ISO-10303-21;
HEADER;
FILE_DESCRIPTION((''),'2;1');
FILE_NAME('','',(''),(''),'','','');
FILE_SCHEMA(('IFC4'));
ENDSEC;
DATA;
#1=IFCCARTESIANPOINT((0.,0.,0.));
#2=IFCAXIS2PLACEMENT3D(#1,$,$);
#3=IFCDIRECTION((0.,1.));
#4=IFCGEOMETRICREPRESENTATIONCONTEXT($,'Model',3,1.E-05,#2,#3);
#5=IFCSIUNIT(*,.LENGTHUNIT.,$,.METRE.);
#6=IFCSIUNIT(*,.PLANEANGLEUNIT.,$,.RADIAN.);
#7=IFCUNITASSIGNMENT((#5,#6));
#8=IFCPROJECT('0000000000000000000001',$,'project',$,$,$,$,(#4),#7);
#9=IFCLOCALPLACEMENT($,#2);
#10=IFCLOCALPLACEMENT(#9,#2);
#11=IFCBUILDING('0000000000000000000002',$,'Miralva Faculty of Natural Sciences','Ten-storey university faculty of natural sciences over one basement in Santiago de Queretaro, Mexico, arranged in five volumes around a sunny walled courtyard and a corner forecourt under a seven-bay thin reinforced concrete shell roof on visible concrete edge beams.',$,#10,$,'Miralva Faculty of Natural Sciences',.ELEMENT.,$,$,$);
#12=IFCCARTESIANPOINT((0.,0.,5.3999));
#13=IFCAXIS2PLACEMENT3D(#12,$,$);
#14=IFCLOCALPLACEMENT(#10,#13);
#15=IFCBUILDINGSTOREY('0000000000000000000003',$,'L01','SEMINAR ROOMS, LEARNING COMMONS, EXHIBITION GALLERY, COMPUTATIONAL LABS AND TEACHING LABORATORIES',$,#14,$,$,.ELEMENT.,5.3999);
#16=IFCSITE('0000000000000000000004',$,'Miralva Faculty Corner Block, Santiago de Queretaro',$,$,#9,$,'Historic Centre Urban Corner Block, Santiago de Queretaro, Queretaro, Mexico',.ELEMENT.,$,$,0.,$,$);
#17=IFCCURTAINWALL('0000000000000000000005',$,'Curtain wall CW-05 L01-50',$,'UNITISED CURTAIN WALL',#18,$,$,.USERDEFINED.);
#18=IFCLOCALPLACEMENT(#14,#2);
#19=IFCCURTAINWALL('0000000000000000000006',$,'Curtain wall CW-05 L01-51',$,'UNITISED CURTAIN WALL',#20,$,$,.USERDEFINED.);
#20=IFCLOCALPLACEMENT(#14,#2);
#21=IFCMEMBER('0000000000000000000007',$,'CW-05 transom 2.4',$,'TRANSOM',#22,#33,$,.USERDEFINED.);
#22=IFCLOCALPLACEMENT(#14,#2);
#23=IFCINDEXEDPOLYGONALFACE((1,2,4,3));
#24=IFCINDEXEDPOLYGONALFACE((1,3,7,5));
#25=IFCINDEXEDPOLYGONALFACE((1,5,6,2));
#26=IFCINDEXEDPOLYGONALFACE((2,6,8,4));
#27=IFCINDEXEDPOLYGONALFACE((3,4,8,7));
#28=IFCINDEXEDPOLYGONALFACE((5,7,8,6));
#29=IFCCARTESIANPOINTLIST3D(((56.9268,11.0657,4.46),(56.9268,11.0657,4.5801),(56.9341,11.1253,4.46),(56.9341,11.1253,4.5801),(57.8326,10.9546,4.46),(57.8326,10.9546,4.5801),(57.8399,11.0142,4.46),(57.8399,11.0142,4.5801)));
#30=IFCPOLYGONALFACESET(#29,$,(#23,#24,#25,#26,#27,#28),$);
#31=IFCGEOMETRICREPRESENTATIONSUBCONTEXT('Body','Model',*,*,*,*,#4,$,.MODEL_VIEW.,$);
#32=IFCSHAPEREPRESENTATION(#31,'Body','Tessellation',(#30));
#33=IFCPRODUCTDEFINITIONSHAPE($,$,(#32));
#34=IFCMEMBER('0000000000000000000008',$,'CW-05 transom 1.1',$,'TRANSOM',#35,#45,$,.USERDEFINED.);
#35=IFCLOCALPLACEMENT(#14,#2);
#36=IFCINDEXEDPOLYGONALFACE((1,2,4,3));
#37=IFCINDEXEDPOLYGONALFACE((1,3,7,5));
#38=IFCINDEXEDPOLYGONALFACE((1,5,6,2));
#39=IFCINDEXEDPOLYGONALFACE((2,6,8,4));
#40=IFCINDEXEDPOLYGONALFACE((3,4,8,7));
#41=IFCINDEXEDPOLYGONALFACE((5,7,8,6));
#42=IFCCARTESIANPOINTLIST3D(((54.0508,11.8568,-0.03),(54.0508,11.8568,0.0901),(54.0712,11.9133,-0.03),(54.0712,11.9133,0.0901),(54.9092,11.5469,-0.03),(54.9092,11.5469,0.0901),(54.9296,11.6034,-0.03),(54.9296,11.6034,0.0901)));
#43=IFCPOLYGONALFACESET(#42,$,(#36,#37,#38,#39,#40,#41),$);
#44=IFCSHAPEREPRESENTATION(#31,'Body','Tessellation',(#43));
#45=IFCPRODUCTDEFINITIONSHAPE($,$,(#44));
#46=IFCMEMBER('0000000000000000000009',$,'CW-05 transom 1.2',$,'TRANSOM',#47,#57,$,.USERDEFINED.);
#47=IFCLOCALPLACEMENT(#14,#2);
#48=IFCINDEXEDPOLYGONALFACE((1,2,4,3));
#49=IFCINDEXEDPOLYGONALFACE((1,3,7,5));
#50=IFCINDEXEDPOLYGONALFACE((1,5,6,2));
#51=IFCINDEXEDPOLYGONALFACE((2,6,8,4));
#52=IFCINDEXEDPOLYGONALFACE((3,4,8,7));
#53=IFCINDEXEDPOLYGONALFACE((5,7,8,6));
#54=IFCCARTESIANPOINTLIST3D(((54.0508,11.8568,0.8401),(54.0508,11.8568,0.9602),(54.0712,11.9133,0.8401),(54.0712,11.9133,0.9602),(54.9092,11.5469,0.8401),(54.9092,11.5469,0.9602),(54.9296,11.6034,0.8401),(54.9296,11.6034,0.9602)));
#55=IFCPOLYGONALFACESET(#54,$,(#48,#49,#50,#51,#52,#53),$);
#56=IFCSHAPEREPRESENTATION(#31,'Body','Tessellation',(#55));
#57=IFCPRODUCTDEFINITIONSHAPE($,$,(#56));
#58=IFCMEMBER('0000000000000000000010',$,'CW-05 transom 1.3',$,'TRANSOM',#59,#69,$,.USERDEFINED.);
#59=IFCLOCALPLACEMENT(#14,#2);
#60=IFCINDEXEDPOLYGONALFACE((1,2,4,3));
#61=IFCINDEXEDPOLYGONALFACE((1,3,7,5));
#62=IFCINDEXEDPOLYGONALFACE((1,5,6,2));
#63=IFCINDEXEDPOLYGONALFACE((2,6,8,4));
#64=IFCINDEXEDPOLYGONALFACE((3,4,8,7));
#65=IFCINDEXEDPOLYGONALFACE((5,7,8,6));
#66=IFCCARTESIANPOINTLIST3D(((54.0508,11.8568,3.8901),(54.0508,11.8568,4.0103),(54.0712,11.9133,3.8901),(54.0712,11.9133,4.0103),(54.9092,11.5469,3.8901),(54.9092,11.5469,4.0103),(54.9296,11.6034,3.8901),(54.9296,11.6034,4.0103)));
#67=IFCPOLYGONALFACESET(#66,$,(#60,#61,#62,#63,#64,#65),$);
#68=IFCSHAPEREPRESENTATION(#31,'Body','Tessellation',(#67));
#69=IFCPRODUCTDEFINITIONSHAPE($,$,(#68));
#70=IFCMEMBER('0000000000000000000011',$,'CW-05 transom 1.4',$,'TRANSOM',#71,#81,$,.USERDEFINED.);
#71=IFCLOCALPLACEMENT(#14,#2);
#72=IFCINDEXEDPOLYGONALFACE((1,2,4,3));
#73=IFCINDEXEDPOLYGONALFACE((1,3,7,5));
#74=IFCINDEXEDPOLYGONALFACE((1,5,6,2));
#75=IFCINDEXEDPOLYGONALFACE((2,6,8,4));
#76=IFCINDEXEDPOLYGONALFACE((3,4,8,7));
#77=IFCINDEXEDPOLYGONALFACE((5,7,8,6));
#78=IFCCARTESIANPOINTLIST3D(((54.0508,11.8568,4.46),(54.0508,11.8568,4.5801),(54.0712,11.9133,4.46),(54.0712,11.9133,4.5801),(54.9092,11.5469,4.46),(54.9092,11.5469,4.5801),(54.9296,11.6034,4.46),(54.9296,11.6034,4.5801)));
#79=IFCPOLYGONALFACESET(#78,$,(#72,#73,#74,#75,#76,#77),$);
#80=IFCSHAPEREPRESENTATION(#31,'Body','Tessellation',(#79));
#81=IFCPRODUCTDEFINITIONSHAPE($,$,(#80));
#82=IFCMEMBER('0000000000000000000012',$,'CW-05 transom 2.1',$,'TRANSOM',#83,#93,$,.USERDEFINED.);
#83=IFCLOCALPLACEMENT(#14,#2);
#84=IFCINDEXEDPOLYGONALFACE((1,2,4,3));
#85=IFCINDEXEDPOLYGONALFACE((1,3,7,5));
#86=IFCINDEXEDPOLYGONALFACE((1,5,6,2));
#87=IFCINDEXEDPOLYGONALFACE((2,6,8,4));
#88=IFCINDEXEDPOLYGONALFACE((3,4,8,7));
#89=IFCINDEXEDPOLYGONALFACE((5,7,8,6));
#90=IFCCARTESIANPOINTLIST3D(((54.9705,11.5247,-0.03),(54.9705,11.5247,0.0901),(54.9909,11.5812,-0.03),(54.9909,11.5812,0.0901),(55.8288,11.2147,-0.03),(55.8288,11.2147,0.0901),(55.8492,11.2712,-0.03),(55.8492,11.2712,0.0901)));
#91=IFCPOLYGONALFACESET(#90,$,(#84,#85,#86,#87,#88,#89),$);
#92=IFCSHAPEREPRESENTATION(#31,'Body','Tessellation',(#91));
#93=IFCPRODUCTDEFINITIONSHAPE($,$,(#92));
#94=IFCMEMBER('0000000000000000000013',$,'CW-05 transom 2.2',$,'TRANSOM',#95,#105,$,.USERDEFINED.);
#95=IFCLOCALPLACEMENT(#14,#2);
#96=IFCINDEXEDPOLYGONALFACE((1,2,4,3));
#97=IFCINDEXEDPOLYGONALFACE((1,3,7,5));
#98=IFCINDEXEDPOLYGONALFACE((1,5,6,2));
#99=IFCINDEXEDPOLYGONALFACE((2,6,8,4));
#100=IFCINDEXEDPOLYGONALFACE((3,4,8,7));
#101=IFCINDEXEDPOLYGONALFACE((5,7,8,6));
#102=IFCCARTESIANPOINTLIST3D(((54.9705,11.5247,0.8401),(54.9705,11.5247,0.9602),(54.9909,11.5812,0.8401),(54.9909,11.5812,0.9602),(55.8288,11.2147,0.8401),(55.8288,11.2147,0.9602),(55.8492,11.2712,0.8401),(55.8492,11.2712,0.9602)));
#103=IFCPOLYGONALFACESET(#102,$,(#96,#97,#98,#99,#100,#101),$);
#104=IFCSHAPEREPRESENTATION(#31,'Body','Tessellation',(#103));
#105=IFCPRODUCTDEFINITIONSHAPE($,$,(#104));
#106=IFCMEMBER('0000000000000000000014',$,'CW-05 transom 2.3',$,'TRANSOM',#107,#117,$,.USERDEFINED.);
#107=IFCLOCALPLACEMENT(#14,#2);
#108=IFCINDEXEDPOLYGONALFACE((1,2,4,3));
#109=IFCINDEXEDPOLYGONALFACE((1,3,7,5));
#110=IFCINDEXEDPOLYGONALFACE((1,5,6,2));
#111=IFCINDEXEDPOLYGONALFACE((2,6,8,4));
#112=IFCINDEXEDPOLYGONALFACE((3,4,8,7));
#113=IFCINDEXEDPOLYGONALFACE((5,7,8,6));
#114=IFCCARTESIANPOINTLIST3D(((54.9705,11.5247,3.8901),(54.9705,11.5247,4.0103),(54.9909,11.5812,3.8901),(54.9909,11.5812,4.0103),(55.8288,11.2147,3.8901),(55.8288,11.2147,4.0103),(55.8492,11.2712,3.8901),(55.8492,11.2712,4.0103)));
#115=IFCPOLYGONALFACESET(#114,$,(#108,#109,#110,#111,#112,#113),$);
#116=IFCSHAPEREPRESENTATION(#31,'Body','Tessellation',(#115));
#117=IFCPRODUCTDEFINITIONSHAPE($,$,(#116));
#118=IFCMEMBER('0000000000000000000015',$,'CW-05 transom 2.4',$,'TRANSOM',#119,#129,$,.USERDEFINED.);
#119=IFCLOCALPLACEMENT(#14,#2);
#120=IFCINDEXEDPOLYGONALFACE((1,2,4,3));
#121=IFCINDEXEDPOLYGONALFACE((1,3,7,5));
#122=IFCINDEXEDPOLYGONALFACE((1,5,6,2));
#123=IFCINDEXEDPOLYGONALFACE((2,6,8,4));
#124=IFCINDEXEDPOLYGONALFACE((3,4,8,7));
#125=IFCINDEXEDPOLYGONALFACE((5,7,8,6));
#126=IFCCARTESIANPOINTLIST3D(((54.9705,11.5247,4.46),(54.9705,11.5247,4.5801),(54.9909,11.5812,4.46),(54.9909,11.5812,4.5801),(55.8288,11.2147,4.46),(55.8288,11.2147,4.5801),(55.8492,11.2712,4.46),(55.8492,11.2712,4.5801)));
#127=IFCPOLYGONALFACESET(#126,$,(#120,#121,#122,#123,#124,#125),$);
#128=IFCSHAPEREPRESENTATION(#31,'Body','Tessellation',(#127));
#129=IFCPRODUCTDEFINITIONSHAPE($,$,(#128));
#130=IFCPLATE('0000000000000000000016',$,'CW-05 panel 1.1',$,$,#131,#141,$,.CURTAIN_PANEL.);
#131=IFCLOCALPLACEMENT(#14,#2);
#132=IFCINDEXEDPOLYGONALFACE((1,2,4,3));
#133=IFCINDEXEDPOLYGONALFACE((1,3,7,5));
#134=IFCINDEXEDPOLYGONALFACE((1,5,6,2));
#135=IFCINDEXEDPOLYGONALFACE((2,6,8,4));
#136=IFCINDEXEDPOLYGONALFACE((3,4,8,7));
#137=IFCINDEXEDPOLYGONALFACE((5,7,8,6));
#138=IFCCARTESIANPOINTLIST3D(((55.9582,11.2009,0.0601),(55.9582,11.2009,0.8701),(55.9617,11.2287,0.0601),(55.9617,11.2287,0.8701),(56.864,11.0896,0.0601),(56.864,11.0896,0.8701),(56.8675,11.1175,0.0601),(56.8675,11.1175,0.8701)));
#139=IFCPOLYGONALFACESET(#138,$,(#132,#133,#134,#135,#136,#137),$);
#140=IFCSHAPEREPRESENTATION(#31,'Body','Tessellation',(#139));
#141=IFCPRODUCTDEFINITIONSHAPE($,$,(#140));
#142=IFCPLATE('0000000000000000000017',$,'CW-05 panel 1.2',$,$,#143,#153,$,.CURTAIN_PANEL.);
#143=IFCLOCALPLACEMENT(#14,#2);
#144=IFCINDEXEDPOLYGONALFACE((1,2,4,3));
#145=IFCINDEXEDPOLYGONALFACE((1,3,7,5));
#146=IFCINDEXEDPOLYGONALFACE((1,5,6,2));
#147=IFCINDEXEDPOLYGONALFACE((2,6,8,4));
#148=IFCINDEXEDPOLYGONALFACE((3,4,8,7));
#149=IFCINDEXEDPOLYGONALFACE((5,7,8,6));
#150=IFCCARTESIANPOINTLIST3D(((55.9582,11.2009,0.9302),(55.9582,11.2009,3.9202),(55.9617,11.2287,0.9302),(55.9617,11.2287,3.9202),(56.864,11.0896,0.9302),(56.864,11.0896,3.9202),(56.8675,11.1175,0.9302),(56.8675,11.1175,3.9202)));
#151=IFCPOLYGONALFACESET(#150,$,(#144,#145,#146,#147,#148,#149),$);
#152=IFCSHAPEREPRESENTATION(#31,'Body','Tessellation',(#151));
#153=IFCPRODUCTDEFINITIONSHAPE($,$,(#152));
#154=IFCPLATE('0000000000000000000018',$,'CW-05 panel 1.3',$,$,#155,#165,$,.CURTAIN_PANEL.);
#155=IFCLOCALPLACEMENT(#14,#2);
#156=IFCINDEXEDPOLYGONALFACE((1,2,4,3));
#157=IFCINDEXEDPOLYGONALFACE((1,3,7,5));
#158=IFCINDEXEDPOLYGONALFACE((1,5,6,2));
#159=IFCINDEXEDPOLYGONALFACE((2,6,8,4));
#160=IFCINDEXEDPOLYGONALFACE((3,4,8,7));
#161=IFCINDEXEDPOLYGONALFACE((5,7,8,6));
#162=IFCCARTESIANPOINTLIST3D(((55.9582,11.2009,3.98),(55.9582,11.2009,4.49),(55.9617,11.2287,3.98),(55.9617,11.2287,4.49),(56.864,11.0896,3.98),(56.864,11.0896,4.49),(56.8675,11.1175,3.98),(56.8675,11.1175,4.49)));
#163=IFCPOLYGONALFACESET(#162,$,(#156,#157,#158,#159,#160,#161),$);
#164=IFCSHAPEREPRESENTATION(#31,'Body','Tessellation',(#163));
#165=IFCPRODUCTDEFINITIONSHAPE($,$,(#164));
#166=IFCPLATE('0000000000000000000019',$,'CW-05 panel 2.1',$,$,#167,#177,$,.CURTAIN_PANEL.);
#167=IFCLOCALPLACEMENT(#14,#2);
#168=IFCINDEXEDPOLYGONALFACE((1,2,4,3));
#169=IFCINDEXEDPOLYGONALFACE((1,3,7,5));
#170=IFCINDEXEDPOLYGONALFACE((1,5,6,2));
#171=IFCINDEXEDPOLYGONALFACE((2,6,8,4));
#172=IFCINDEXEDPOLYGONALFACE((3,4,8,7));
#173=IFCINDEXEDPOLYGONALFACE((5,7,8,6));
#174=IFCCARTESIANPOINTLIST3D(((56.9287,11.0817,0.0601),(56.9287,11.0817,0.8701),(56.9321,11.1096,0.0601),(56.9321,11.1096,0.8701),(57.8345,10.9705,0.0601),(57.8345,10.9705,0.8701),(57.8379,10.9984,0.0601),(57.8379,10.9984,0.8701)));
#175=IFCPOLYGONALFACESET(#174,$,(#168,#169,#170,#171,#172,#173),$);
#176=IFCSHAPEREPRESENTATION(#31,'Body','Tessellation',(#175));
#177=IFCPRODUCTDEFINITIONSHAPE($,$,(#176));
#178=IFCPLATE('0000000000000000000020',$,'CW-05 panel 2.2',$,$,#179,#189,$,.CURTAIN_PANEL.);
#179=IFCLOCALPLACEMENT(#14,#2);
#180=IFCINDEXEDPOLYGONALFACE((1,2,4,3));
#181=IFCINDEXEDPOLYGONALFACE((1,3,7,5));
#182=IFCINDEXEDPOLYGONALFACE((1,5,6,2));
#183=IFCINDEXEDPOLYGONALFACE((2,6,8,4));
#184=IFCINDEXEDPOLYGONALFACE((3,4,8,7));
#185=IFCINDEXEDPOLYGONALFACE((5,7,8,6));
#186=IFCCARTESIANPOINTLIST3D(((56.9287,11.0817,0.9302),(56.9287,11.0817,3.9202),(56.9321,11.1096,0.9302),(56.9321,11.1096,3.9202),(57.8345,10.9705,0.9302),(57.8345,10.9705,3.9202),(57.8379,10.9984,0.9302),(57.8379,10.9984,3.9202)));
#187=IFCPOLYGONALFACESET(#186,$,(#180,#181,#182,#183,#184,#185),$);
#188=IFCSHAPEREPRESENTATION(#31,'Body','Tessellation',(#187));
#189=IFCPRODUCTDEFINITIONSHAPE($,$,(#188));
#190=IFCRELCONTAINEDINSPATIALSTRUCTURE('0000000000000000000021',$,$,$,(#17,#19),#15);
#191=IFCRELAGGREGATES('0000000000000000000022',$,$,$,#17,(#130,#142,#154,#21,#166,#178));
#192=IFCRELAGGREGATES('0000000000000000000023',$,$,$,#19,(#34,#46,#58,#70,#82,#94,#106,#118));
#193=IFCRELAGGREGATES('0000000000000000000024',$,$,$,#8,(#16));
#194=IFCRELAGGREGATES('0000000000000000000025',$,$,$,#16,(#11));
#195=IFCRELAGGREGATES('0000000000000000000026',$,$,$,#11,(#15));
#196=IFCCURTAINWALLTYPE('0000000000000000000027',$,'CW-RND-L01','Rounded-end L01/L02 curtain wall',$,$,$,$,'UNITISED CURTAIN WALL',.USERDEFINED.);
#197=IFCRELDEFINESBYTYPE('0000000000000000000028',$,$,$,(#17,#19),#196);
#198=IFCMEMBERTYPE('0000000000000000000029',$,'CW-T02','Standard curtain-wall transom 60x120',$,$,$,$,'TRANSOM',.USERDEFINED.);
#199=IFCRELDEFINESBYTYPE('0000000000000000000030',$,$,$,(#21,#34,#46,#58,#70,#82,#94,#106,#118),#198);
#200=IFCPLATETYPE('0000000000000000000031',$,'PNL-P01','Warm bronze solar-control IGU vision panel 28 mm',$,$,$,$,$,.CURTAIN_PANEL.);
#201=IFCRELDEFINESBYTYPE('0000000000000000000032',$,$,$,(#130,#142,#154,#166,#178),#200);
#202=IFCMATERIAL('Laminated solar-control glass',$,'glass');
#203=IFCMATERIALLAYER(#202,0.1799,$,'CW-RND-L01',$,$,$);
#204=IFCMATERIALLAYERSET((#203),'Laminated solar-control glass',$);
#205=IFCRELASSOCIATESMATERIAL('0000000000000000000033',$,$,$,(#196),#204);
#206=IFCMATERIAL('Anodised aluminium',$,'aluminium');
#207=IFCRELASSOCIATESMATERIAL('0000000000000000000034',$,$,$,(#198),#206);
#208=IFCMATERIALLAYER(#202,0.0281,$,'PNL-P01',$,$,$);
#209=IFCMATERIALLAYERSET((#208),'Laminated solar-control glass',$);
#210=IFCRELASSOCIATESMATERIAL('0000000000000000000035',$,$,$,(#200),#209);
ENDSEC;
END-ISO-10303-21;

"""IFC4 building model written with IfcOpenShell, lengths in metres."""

from ifc_helpers import new_model, si_unit, direction, frame, origin, origin_2d, place, context, subcontext, project, spatial, rectangle, extrude, material, layer, layer_set, material_profile, profile_set, type_object, element, aggregate, save


model = new_model("IFC4")

# Units and contexts
model_context = context("Model", 3, precision=1e-05, world=origin(), true_north=direction((0.0, 1.0)))
body_context = subcontext(model_context, "Body", "Model", "MODEL_VIEW")
ifc_project = project(units=[si_unit("LENGTHUNIT", "METRE"), si_unit("PLANEANGLEUNIT", "RADIAN")], contexts=[model_context])

# Site, building, storey
site_placement = place(None, origin())
site = spatial("IfcSite", under=ifc_project, at=site_placement, Name="Miralva Faculty Corner Block, Santiago de Queretaro", LongName="Historic Centre Urban Corner Block, Santiago de Queretaro, Queretaro, Mexico", CompositionType="ELEMENT", RefElevation=0.0)
building_placement = place(site_placement, origin())
building = spatial("IfcBuilding", under=site, at=building_placement, Name="Miralva Faculty of Natural Sciences", Description="Ten-storey university faculty of natural sciences over one basement in Santiago de Queretaro, Mexico, arranged in five volumes around a sunny walled courtyard and a corner forecourt under a seven-bay thin reinforced concrete shell roof on visible concrete edge beams.", LongName="Miralva Faculty of Natural Sciences", CompositionType="ELEMENT")
storey_placement = place(building_placement, frame((0.0, 0.0, 5.3999)))
storey = spatial("IfcBuildingStorey", under=building, at=storey_placement, Name="L01", Description="SEMINAR ROOMS, LEARNING COMMONS, EXHIBITION GALLERY, COMPUTATIONAL LABS AND TEACHING LABORATORIES", CompositionType="ELEMENT", Elevation=5.3999)

# Curtain walls
ifc_material_1 = material(Name="Laminated solar-control glass", Category="glass")
ifc_layer_1 = layer(ifc_material_1, 0.1799, Name="CW-RND-L01")
ifc_layer_set_1 = layer_set([ifc_layer_1], Name="Laminated solar-control glass")
curtain_wall_type = type_object("IfcCurtainWallType", Name="CW-RND-L01", Description="Rounded-end L01/L02 curtain wall", ElementType="UNITISED CURTAIN WALL", PredefinedType="USERDEFINED", material=ifc_layer_set_1)
curtain_wall_1_placement = place(storey_placement, origin())
curtain_wall_1 = element("IfcCurtainWall", 1, at=curtain_wall_1_placement, inside=storey, type_object=curtain_wall_type, Name="Curtain wall CW-05 L01-50", ObjectType="UNITISED CURTAIN WALL", PredefinedType="USERDEFINED")
ifc_material_2 = material(Name="Anodised aluminium", Category="aluminium")
curtain_wall_2_placement = place(storey_placement, origin())
curtain_wall_2 = element("IfcCurtainWall", 2, at=curtain_wall_2_placement, inside=storey, type_object=curtain_wall_type, Name="Curtain wall CW-05 L01-51", ObjectType="UNITISED CURTAIN WALL", PredefinedType="USERDEFINED")

# Members
ifc_material_profile_1 = material_profile(ifc_material_2, rectangle(XDim=0.0601, YDim=0.1201, at=origin_2d()), Name="TRANSOM 60x120")
ifc_profile_set_1 = profile_set([ifc_material_profile_1], Name="Anodised aluminium")
member_type_1 = type_object("IfcMemberType", Name="CW-T02", Description="Standard curtain-wall transom 60x120", ElementType="TRANSOM", PredefinedType="USERDEFINED", material=ifc_profile_set_1)
member_1_placement = place(storey_placement, frame((56.9304, 11.0955, 4.52), z_axis=(0.992563, -0.121729, 0.0), x_axis=(0.121729, 0.992563, 0.0)))
member_1 = element("IfcMember", 3, at=member_1_placement, type_object=member_type_1, Name="CW-05 transom 2.4", ObjectType="TRANSOM", PredefinedType="USERDEFINED", context=body_context, shape_type="SweptSolid", body=[
    extrude(rectangle(XDim=0.0601, YDim=0.1201, at=origin_2d()), origin(), (0.0, 0.0, 1.0), 0.9126),
])
member_2_placement = place(storey_placement, frame((54.061, 11.885, 0.03), z_axis=(0.940611, -0.339487, 0.0), x_axis=(0.339487, 0.940611, 0.0)))
member_2 = element("IfcMember", 4, at=member_2_placement, type_object=member_type_1, Name="CW-05 transom 1.1", ObjectType="TRANSOM", PredefinedType="USERDEFINED", context=body_context, shape_type="SweptSolid", body=[
    extrude(rectangle(XDim=0.0601, YDim=0.1201, at=origin_2d()), origin(), (0.0, 0.0, 1.0), 0.9126),
])
member_3_placement = place(storey_placement, frame((54.061, 11.885, 0.9001), z_axis=(0.940611, -0.339487, 0.0), x_axis=(0.339487, 0.940611, 0.0)))
member_3 = element("IfcMember", 5, at=member_3_placement, type_object=member_type_1, Name="CW-05 transom 1.2", ObjectType="TRANSOM", PredefinedType="USERDEFINED", context=body_context, shape_type="SweptSolid", body=[
    extrude(rectangle(XDim=0.0601, YDim=0.1201, at=origin_2d()), origin(), (0.0, 0.0, 1.0), 0.9126),
])
member_4_placement = place(storey_placement, frame((54.061, 11.885, 3.9502), z_axis=(0.940611, -0.339487, 0.0), x_axis=(0.339487, 0.940611, 0.0)))
member_4 = element("IfcMember", 6, at=member_4_placement, type_object=member_type_1, Name="CW-05 transom 1.3", ObjectType="TRANSOM", PredefinedType="USERDEFINED", context=body_context, shape_type="SweptSolid", body=[
    extrude(rectangle(XDim=0.0601, YDim=0.1201, at=origin_2d()), origin(), (0.0, 0.0, 1.0), 0.9126),
])
member_5_placement = place(storey_placement, frame((54.061, 11.885, 4.52), z_axis=(0.940611, -0.339487, 0.0), x_axis=(0.339487, 0.940611, 0.0)))
member_5 = element("IfcMember", 7, at=member_5_placement, type_object=member_type_1, Name="CW-05 transom 1.4", ObjectType="TRANSOM", PredefinedType="USERDEFINED", context=body_context, shape_type="SweptSolid", body=[
    extrude(rectangle(XDim=0.0601, YDim=0.1201, at=origin_2d()), origin(), (0.0, 0.0, 1.0), 0.9126),
])
member_6_placement = place(storey_placement, frame((54.9807, 11.553, 0.03), z_axis=(0.940525, -0.339723, 0.0), x_axis=(0.339723, 0.940525, 0.0)))
member_6 = element("IfcMember", 8, at=member_6_placement, type_object=member_type_1, Name="CW-05 transom 2.1", ObjectType="TRANSOM", PredefinedType="USERDEFINED", context=body_context, shape_type="SweptSolid", body=[
    extrude(rectangle(XDim=0.0601, YDim=0.1201, at=origin_2d()), origin(), (0.0, 0.0, 1.0), 0.9126),
])
member_7_placement = place(storey_placement, frame((54.9807, 11.553, 0.9001), z_axis=(0.940525, -0.339723, 0.0), x_axis=(0.339723, 0.940525, 0.0)))
member_7 = element("IfcMember", 9, at=member_7_placement, type_object=member_type_1, Name="CW-05 transom 2.2", ObjectType="TRANSOM", PredefinedType="USERDEFINED", context=body_context, shape_type="SweptSolid", body=[
    extrude(rectangle(XDim=0.0601, YDim=0.1201, at=origin_2d()), origin(), (0.0, 0.0, 1.0), 0.9126),
])
member_8_placement = place(storey_placement, frame((54.9807, 11.553, 3.9502), z_axis=(0.940525, -0.339723, 0.0), x_axis=(0.339723, 0.940525, 0.0)))
member_8 = element("IfcMember", 10, at=member_8_placement, type_object=member_type_1, Name="CW-05 transom 2.3", ObjectType="TRANSOM", PredefinedType="USERDEFINED", context=body_context, shape_type="SweptSolid", body=[
    extrude(rectangle(XDim=0.0601, YDim=0.1201, at=origin_2d()), origin(), (0.0, 0.0, 1.0), 0.9126),
])
member_9_placement = place(storey_placement, frame((54.9807, 11.553, 4.52), z_axis=(0.940525, -0.339723, 0.0), x_axis=(0.339723, 0.940525, 0.0)))
member_9 = element("IfcMember", 11, at=member_9_placement, type_object=member_type_1, Name="CW-05 transom 2.4", ObjectType="TRANSOM", PredefinedType="USERDEFINED", context=body_context, shape_type="SweptSolid", body=[
    extrude(rectangle(XDim=0.0601, YDim=0.1201, at=origin_2d()), origin(), (0.0, 0.0, 1.0), 0.9126),
])

# Plates
ifc_layer_2 = layer(ifc_material_1, 0.0281, Name="PNL-P01")
ifc_layer_set_2 = layer_set([ifc_layer_2], Name="Laminated solar-control glass")
plate_type = type_object("IfcPlateType", Name="PNL-P01", Description="Warm bronze solar-control IGU vision panel 28 mm", PredefinedType="CURTAIN_PANEL", material=ifc_layer_set_2)
plate_1_placement = place(storey_placement, frame((56.4128, 11.1592, 0.0601), z_axis=(0.0, 0.0, 1.0), x_axis=(0.992547, -0.12186, 0.0)))
plate_1 = element("IfcPlate", 12, at=plate_1_placement, type_object=plate_type, Name="CW-05 panel 1.1", PredefinedType="CURTAIN_PANEL", context=body_context, shape_type="SweptSolid", body=[
    extrude(rectangle(XDim=0.9126, YDim=0.0281, at=origin_2d()), origin(), (0.0, 0.0, 1.0), 0.8101),
])
plate_2_placement = place(storey_placement, frame((56.4128, 11.1592, 0.9302), z_axis=(0.0, 0.0, 1.0), x_axis=(0.992547, -0.12186, 0.0)))
plate_2 = element("IfcPlate", 13, at=plate_2_placement, type_object=plate_type, Name="CW-05 panel 1.2", PredefinedType="CURTAIN_PANEL", context=body_context, shape_type="SweptSolid", body=[
    extrude(rectangle(XDim=0.9126, YDim=0.0281, at=origin_2d()), origin(), (0.0, 0.0, 1.0), 2.99),
])
plate_3_placement = place(storey_placement, frame((56.4128, 11.1592, 3.98), z_axis=(0.0, 0.0, 1.0), x_axis=(0.992547, -0.12186, 0.0)))
plate_3 = element("IfcPlate", 14, at=plate_3_placement, type_object=plate_type, Name="CW-05 panel 1.3", PredefinedType="CURTAIN_PANEL", context=body_context, shape_type="SweptSolid", body=[
    extrude(rectangle(XDim=0.9126, YDim=0.0281, at=origin_2d()), origin(), (0.0, 0.0, 1.0), 0.51),
])
plate_4_placement = place(storey_placement, frame((57.3833, 11.04, 0.0601), z_axis=(0.0, 0.0, 1.0), x_axis=(0.992547, -0.12186, 0.0)))
plate_4 = element("IfcPlate", 15, at=plate_4_placement, type_object=plate_type, Name="CW-05 panel 2.1", PredefinedType="CURTAIN_PANEL", context=body_context, shape_type="SweptSolid", body=[
    extrude(rectangle(XDim=0.9126, YDim=0.0281, at=origin_2d()), origin(), (0.0, 0.0, 1.0), 0.8101),
])
plate_5_placement = place(storey_placement, frame((57.3833, 11.04, 0.9302), z_axis=(0.0, 0.0, 1.0), x_axis=(0.992547, -0.12186, 0.0)))
plate_5 = element("IfcPlate", 16, at=plate_5_placement, type_object=plate_type, Name="CW-05 panel 2.2", PredefinedType="CURTAIN_PANEL", context=body_context, shape_type="SweptSolid", body=[
    extrude(rectangle(XDim=0.9126, YDim=0.0281, at=origin_2d()), origin(), (0.0, 0.0, 1.0), 2.99),
])
aggregate(curtain_wall_1, [plate_1, plate_2, plate_3, member_1, plate_4, plate_5])
aggregate(curtain_wall_2, [member_2, member_3, member_4, member_5, member_6, member_7, member_8, member_9])

save(model, "model.ifc")
